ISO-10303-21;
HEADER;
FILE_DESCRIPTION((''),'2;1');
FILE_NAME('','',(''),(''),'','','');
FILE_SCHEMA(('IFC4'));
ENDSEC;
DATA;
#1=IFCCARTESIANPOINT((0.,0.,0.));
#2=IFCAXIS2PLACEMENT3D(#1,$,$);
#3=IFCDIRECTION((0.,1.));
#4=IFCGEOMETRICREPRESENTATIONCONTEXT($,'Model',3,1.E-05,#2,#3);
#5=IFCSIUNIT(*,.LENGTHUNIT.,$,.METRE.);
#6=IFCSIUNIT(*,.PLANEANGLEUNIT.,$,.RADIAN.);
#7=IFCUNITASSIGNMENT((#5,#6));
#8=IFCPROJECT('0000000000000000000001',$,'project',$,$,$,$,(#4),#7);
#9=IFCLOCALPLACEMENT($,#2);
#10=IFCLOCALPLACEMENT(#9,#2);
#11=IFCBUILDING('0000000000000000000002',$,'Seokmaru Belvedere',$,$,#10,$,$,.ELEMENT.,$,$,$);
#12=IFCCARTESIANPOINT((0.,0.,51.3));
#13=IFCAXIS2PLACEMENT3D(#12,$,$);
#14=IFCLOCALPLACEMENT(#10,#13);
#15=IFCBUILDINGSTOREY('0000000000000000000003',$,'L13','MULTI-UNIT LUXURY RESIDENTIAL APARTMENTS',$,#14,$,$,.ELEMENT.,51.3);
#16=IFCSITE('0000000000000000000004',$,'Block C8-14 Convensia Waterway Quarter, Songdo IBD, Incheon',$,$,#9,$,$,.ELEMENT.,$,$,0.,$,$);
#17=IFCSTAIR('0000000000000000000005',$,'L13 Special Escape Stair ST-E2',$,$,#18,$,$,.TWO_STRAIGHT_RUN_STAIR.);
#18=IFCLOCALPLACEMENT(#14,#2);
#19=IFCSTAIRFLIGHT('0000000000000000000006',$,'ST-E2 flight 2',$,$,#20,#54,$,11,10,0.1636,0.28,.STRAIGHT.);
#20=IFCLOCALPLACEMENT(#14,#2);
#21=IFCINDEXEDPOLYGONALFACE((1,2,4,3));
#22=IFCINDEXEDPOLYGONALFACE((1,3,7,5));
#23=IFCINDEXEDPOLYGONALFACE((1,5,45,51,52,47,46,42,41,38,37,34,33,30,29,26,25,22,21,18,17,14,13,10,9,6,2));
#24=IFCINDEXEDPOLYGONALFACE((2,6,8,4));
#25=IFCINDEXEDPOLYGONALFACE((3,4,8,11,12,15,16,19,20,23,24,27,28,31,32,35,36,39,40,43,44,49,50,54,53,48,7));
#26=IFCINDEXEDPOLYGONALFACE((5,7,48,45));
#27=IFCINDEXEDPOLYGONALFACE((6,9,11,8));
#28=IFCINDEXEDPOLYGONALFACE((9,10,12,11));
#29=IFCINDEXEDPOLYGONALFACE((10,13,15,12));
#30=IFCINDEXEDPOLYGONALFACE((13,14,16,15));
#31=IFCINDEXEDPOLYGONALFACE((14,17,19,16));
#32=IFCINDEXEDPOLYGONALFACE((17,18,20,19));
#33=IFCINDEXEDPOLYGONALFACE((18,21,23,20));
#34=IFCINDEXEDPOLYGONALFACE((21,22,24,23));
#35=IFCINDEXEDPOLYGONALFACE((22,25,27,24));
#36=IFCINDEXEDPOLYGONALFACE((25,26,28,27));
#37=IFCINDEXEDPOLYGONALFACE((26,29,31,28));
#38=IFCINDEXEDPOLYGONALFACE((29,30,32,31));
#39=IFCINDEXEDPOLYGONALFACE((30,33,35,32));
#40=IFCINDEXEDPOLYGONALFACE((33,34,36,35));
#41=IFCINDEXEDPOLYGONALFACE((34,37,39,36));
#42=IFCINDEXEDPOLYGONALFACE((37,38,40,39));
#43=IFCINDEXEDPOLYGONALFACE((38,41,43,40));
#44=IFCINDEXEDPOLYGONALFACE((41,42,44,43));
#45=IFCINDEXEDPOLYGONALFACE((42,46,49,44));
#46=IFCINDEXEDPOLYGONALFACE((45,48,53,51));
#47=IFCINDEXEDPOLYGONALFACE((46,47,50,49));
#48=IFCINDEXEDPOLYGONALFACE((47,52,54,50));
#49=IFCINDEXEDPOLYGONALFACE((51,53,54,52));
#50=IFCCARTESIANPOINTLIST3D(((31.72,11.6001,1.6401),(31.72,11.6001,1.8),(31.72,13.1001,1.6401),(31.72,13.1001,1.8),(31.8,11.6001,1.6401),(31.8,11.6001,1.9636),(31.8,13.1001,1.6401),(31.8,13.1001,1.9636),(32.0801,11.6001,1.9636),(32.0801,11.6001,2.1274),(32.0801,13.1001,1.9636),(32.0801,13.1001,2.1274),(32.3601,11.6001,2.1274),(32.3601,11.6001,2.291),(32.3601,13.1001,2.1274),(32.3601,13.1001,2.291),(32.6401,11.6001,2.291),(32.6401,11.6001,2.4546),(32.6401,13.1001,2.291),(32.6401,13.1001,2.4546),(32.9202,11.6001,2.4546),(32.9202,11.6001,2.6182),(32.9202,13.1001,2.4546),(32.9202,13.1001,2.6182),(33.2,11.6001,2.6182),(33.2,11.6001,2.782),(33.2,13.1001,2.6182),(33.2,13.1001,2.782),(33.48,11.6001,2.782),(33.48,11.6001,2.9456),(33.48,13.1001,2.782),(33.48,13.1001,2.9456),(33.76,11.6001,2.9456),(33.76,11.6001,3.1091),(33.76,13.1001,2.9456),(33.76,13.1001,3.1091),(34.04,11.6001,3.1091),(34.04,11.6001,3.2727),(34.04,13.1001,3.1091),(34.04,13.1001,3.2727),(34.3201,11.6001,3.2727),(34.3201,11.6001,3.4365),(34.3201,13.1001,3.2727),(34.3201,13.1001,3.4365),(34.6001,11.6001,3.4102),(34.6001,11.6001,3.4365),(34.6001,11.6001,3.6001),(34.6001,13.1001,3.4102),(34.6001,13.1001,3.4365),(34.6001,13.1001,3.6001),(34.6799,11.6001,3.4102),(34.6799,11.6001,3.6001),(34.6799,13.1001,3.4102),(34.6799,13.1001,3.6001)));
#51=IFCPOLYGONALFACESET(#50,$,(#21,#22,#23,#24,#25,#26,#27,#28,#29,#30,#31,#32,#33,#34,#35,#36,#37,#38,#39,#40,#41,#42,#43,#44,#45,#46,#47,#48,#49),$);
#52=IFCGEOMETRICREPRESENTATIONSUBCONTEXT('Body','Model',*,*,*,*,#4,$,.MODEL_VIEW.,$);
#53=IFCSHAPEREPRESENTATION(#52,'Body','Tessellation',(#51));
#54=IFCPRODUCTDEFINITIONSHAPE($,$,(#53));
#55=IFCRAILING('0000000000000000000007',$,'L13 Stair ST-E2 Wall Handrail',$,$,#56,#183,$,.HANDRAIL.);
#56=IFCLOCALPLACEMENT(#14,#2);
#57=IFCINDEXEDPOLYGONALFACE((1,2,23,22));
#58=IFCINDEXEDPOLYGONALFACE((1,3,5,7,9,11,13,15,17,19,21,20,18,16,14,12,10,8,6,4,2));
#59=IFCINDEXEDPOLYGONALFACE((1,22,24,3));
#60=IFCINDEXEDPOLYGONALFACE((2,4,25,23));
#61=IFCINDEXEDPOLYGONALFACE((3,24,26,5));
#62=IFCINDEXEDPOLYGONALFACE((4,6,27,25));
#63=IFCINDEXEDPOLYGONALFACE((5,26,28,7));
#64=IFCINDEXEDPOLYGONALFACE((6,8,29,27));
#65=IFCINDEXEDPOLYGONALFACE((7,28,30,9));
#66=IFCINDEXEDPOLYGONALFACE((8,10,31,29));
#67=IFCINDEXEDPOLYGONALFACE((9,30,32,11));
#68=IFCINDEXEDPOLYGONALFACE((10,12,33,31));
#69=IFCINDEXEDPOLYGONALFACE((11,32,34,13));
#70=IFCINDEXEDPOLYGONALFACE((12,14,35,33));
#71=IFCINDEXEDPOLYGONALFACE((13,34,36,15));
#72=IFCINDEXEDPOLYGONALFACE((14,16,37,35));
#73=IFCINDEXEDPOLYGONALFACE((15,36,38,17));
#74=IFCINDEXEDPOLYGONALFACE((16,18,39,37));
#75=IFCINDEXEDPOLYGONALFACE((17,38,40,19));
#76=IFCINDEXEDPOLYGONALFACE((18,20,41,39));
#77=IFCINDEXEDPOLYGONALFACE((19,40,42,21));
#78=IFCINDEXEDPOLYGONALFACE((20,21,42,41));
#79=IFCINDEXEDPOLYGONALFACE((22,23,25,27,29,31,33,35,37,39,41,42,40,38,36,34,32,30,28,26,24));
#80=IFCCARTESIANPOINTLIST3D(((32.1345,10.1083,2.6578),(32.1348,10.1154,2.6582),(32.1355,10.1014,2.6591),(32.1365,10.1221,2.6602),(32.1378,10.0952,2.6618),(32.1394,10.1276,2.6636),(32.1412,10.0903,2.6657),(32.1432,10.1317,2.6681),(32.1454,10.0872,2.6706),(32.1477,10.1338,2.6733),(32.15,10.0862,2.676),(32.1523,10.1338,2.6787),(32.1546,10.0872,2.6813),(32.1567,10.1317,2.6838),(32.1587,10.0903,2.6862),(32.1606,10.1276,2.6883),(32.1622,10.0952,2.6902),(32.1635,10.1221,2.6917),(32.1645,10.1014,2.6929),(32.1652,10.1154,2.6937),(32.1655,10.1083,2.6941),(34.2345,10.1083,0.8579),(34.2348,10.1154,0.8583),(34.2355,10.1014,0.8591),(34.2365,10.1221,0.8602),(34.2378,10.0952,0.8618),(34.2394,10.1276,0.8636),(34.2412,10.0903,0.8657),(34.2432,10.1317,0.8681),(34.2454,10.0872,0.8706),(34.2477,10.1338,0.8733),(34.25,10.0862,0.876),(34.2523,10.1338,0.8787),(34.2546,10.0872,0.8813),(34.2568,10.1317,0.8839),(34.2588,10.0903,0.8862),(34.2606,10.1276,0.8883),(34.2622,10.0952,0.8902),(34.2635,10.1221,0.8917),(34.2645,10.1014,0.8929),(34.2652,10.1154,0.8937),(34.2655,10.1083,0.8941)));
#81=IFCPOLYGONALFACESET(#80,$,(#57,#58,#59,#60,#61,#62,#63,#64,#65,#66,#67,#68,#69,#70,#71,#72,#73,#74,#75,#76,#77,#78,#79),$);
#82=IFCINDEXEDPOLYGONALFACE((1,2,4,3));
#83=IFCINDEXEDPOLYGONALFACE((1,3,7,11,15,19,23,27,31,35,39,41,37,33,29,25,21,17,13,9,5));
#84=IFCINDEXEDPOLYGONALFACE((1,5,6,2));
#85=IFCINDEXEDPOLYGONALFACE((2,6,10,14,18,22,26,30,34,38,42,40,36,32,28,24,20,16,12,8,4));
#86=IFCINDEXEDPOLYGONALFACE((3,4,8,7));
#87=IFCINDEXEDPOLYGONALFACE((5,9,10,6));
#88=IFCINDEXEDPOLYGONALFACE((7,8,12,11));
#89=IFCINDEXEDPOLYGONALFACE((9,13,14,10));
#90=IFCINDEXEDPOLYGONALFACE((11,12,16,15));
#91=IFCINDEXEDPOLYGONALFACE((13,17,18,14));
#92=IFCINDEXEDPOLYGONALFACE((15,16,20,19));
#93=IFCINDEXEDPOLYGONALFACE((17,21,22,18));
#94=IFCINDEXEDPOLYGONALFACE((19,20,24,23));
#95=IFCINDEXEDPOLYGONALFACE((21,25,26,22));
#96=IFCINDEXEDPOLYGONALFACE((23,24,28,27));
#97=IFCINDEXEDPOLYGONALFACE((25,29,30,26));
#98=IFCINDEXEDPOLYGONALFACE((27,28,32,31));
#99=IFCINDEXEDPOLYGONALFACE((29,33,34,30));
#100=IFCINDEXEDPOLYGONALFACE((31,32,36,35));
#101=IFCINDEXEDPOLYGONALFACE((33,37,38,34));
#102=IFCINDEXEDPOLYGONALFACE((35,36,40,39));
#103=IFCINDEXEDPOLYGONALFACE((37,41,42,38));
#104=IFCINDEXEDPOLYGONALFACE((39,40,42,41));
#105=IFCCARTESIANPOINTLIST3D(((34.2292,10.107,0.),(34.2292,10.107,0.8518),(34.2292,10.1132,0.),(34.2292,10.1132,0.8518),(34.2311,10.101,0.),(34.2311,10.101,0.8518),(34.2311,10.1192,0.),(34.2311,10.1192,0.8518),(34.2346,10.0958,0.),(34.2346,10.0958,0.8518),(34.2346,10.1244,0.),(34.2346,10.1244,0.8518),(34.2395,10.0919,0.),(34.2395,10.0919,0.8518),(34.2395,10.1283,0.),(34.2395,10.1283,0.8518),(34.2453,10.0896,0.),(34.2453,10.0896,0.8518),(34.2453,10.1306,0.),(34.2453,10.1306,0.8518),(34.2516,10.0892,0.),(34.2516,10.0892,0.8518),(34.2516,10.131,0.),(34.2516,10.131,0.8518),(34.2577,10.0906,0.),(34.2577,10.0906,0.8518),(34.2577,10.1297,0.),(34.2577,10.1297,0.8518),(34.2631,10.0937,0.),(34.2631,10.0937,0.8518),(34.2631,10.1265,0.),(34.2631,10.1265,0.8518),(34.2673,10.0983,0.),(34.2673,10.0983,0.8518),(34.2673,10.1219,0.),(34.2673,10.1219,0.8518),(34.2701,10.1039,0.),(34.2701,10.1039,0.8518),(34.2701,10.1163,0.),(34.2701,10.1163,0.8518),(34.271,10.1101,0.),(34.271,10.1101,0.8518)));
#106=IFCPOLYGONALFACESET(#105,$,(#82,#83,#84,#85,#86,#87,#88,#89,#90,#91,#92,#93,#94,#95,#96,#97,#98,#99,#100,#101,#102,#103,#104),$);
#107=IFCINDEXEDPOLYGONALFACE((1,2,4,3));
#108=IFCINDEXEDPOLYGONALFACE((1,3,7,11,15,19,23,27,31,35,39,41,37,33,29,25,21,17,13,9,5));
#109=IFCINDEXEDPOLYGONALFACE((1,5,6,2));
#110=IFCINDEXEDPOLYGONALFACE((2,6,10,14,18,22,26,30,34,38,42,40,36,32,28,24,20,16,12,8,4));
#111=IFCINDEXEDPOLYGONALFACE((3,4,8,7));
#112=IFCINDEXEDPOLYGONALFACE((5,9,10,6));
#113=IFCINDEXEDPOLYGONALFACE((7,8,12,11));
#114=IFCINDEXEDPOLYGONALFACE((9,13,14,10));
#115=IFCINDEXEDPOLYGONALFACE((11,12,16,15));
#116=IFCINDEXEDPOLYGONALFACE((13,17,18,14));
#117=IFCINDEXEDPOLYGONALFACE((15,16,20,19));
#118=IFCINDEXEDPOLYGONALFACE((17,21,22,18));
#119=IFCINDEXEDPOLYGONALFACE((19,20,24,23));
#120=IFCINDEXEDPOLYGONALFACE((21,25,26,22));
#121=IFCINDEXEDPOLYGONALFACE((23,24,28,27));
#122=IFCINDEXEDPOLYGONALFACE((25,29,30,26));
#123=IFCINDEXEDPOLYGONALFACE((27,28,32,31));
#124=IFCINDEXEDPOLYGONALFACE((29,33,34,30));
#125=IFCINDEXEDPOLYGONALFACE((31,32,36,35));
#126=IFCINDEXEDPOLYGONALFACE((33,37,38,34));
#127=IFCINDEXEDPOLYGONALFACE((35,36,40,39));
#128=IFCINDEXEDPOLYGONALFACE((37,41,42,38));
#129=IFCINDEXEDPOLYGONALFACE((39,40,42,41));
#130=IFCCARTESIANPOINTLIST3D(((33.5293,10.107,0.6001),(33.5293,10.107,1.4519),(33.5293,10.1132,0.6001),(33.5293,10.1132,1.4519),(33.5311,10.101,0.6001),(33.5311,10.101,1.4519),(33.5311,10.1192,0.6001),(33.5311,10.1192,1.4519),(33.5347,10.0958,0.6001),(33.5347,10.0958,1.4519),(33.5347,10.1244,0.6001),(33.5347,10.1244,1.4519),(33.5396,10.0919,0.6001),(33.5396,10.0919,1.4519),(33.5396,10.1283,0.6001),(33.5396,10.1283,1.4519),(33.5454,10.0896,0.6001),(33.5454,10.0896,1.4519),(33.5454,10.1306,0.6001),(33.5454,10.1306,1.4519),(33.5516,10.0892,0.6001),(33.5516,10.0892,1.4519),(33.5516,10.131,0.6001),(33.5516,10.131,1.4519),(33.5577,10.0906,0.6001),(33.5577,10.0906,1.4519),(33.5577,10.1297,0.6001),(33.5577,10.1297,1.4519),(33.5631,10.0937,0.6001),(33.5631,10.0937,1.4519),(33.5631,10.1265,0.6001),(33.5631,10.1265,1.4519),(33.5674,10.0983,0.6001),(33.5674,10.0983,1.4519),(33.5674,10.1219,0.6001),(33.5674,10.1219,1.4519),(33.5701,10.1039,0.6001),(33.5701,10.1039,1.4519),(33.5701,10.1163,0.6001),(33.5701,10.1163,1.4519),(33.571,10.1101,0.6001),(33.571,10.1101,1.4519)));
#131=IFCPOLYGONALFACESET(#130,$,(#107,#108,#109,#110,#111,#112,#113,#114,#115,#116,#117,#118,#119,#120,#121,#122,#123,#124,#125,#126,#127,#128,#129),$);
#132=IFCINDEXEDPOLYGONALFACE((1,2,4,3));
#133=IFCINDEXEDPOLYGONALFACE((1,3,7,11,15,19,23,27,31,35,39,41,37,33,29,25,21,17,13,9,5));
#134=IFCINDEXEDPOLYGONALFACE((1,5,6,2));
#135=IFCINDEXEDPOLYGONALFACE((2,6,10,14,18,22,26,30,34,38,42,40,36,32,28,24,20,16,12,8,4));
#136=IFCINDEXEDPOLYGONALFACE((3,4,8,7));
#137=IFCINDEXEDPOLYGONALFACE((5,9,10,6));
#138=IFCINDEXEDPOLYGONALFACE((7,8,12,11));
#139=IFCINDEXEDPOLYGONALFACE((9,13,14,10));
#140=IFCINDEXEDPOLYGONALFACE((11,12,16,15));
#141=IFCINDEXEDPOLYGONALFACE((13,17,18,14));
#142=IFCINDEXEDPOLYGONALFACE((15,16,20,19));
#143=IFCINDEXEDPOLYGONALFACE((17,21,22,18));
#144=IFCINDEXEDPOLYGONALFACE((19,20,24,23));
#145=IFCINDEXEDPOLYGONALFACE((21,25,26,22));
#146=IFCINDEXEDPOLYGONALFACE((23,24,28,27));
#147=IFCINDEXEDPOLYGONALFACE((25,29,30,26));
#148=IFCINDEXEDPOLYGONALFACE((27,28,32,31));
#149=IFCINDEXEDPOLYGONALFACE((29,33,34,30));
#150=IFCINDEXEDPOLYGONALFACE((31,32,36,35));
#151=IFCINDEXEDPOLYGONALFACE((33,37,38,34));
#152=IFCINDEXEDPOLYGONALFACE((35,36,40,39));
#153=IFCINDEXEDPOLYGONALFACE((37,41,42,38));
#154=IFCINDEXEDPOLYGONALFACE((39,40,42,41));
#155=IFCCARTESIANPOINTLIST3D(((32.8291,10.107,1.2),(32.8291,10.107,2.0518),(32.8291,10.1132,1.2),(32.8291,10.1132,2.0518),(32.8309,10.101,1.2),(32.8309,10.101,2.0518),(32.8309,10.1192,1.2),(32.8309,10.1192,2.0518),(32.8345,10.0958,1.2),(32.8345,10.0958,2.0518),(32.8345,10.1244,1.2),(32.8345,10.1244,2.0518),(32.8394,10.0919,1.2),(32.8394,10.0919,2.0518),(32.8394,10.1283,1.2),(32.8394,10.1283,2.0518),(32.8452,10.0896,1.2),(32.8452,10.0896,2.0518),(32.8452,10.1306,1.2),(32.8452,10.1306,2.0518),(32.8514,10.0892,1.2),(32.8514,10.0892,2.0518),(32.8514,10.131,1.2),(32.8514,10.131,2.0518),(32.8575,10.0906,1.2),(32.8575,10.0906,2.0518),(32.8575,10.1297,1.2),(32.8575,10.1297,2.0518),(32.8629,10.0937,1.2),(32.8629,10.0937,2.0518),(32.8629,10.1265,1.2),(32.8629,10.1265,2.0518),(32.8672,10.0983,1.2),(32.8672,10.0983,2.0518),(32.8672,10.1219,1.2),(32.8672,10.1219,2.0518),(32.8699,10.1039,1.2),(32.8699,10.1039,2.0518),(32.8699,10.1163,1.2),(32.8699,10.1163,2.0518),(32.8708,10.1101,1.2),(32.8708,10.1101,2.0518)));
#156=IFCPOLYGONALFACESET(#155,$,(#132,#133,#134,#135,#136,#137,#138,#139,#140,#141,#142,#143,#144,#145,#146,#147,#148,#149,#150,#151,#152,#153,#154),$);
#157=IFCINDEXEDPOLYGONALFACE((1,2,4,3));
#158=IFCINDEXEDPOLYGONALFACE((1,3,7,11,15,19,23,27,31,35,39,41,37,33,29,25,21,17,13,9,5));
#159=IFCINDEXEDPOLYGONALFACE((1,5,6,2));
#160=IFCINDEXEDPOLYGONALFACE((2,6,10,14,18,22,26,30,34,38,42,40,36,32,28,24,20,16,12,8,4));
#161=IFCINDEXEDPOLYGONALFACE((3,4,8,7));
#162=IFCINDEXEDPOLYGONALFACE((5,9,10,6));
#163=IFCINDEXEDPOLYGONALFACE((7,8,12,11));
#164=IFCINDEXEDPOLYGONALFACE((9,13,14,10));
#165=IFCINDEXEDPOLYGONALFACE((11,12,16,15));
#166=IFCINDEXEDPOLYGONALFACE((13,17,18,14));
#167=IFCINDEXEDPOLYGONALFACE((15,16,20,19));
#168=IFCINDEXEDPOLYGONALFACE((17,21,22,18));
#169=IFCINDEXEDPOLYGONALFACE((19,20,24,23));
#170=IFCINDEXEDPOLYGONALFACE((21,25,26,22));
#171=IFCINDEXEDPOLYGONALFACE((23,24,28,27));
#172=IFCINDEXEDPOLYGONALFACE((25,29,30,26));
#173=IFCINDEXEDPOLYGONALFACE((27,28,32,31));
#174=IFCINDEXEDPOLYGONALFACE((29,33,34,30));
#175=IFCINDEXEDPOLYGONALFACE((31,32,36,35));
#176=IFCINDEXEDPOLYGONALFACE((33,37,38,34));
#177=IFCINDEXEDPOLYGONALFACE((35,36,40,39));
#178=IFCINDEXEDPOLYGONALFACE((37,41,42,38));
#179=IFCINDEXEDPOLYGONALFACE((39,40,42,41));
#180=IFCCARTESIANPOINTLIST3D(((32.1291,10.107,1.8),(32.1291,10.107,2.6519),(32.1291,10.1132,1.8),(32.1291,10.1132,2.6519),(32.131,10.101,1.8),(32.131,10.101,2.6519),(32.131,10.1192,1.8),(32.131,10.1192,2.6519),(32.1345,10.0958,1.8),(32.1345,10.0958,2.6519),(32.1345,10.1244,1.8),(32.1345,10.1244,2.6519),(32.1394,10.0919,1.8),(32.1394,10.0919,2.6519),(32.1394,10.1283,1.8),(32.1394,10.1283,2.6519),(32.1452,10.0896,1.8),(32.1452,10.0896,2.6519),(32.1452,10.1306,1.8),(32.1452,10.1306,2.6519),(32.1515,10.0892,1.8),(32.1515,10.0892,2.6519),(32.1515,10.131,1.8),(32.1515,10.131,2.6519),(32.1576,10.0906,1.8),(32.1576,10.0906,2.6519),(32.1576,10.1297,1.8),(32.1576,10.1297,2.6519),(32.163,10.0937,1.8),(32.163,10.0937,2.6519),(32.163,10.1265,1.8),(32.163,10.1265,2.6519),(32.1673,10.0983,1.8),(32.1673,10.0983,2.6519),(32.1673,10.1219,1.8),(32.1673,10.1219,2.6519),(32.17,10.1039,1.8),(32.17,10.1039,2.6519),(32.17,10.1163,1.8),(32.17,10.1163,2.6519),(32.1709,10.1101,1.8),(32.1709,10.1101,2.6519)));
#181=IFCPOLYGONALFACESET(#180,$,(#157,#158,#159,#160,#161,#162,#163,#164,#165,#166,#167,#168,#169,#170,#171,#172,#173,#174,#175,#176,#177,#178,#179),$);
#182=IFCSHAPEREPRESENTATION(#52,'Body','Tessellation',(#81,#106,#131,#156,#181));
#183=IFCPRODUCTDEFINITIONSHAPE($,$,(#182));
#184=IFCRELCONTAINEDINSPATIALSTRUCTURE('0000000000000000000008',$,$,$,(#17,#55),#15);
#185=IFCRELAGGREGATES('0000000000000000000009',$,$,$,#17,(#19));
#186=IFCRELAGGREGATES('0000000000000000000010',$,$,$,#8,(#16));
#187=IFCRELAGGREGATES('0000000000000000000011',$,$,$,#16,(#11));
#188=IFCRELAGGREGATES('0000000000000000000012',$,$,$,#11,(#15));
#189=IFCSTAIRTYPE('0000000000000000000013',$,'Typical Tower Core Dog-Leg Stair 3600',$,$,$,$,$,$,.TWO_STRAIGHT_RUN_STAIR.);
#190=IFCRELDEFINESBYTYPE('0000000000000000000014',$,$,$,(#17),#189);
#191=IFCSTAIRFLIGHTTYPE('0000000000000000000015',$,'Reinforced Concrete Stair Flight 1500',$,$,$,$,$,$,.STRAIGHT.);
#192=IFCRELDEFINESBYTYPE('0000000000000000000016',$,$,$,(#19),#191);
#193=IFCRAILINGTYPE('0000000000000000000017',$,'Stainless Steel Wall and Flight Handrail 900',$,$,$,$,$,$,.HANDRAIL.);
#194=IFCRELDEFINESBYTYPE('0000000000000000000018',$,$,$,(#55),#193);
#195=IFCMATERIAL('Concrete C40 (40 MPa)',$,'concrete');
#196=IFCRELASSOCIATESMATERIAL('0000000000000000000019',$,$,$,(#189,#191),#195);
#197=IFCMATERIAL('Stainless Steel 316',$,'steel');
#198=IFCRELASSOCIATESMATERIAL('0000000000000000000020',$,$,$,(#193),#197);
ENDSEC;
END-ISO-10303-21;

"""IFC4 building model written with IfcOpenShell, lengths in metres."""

from ifc_helpers import new_model, si_unit, direction, frame, origin, origin_2d, place, context, subcontext, project, spatial, polyline, circle, outline, extrude, material, type_object, element, aggregate, save


model = new_model("IFC4")

# Units and contexts
model_context = context("Model", 3, precision=1e-05, world=origin(), true_north=direction((0.0, 1.0)))
body_context = subcontext(model_context, "Body", "Model", "MODEL_VIEW")
ifc_project = project(units=[si_unit("LENGTHUNIT", "METRE"), si_unit("PLANEANGLEUNIT", "RADIAN")], contexts=[model_context])

# Site, building, storey
site_placement = place(None, origin())
site = spatial("IfcSite", under=ifc_project, at=site_placement, Name="Block C8-14 Convensia Waterway Quarter, Songdo IBD, Incheon", CompositionType="ELEMENT", RefElevation=0.0)
building_placement = place(site_placement, origin())
building = spatial("IfcBuilding", under=site, at=building_placement, Name="Seokmaru Belvedere", CompositionType="ELEMENT")
storey_placement = place(building_placement, frame((0.0, 0.0, 51.3)))
storey = spatial("IfcBuildingStorey", under=building, at=storey_placement, Name="L13", Description="MULTI-UNIT LUXURY RESIDENTIAL APARTMENTS", CompositionType="ELEMENT", Elevation=51.3)

# Stair, stair flight
ifc_material_1 = material(Name="Concrete C40 (40 MPa)", Category="concrete")
stair_type = type_object("IfcStairType", Name="Typical Tower Core Dog-Leg Stair 3600", PredefinedType="TWO_STRAIGHT_RUN_STAIR", material=ifc_material_1)
stair_placement = place(storey_placement, origin())
stair = element("IfcStair", 1, at=stair_placement, inside=storey, type_object=stair_type, Name="L13 Special Escape Stair ST-E2", PredefinedType="TWO_STRAIGHT_RUN_STAIR")
stair_flight_type = type_object("IfcStairFlightType", Name="Reinforced Concrete Stair Flight 1500", PredefinedType="STRAIGHT", material=ifc_material_1)
stair_flight_1_placement = place(storey_placement, frame((31.8, 12.3501, 1.8), z_axis=(0.0, 0.0, 1.0), x_axis=(1.0, 0.0, 0.0)))
stair_flight_1 = element("IfcStairFlight", 2, at=stair_flight_1_placement, type_object=stair_flight_type, Name="ST-E2 flight 2", NumberOfRisers=11, NumberOfTreads=10, PredefinedType="STRAIGHT", RiserHeight=0.1636, TreadLength=0.28, context=body_context, shape_type="SweptSolid", body=[
    extrude(outline(polyline([(-0.0801, 0.0), (0.0, 0.1636), (0.28, 0.1636), (0.28, 0.3274), (0.5601, 0.3274), (0.5601, 0.491), (0.8401, 0.491), (0.8401, 0.6545), (1.1201, 0.6545), (1.1201, 0.8181), (1.3999, 0.8181), (1.3999, 0.9819), (1.6799, 0.9819), (1.6799, 1.1455), (1.96, 1.1455), (1.96, 1.3091), (2.24, 1.3091), (2.24, 1.4727), (2.52, 1.4727), (2.52, 1.6365), (2.8, 1.6365), (2.8, 1.8), (2.8799, 1.8), (2.8799, 1.6101), (2.8, 1.6101), (0.0, -0.1599), (-0.0801, -0.1599), (-0.0801, 0.0)])), frame((0.0, 0.75, 0.0), z_axis=(0.0, -1.0, 0.0), x_axis=(1.0, 0.0, 0.0)), (0.0, 0.0, 1.0), 1.5),
])
aggregate(stair, [stair_flight_1])

# Railing
ifc_material_2 = material(Name="Stainless Steel 316", Category="steel")
railing_type_1 = type_object("IfcRailingType", Name="Stainless Steel Wall and Flight Handrail 900", PredefinedType="HANDRAIL", material=ifc_material_2)
railing_1_placement = place(storey_placement, frame((34.25, 10.1101, 0.0)))
element("IfcRailing", 3, at=railing_1_placement, inside=storey, type_object=railing_type_1, Name="L13 Stair ST-E2 Wall Handrail", PredefinedType="HANDRAIL", context=body_context, shape_type="SweptSolid", body=[
    extrude(circle(Radius=0.0239, at=origin_2d()), frame((0.0, 0.0, 0.876), z_axis=(-0.759263, 0.0, 0.650784), x_axis=(0.0, -1.0, 0.0)), (0.0, 0.0, 1.0), 2.7659),
    extrude(circle(Radius=0.021, at=origin_2d()), origin(), (0.0, 0.0, 1.0), 0.8518),
    extrude(circle(Radius=0.021, at=origin_2d()), frame((-0.7, 0.0, 0.6001)), (0.0, 0.0, 1.0), 0.8518),
    extrude(circle(Radius=0.021, at=origin_2d()), frame((-1.4001, 0.0, 1.2)), (0.0, 0.0, 1.0), 0.8518),
    extrude(circle(Radius=0.021, at=origin_2d()), frame((-2.1001, 0.0, 1.8)), (0.0, 0.0, 1.0), 0.8518),
])

save(model, "model.ifc")
